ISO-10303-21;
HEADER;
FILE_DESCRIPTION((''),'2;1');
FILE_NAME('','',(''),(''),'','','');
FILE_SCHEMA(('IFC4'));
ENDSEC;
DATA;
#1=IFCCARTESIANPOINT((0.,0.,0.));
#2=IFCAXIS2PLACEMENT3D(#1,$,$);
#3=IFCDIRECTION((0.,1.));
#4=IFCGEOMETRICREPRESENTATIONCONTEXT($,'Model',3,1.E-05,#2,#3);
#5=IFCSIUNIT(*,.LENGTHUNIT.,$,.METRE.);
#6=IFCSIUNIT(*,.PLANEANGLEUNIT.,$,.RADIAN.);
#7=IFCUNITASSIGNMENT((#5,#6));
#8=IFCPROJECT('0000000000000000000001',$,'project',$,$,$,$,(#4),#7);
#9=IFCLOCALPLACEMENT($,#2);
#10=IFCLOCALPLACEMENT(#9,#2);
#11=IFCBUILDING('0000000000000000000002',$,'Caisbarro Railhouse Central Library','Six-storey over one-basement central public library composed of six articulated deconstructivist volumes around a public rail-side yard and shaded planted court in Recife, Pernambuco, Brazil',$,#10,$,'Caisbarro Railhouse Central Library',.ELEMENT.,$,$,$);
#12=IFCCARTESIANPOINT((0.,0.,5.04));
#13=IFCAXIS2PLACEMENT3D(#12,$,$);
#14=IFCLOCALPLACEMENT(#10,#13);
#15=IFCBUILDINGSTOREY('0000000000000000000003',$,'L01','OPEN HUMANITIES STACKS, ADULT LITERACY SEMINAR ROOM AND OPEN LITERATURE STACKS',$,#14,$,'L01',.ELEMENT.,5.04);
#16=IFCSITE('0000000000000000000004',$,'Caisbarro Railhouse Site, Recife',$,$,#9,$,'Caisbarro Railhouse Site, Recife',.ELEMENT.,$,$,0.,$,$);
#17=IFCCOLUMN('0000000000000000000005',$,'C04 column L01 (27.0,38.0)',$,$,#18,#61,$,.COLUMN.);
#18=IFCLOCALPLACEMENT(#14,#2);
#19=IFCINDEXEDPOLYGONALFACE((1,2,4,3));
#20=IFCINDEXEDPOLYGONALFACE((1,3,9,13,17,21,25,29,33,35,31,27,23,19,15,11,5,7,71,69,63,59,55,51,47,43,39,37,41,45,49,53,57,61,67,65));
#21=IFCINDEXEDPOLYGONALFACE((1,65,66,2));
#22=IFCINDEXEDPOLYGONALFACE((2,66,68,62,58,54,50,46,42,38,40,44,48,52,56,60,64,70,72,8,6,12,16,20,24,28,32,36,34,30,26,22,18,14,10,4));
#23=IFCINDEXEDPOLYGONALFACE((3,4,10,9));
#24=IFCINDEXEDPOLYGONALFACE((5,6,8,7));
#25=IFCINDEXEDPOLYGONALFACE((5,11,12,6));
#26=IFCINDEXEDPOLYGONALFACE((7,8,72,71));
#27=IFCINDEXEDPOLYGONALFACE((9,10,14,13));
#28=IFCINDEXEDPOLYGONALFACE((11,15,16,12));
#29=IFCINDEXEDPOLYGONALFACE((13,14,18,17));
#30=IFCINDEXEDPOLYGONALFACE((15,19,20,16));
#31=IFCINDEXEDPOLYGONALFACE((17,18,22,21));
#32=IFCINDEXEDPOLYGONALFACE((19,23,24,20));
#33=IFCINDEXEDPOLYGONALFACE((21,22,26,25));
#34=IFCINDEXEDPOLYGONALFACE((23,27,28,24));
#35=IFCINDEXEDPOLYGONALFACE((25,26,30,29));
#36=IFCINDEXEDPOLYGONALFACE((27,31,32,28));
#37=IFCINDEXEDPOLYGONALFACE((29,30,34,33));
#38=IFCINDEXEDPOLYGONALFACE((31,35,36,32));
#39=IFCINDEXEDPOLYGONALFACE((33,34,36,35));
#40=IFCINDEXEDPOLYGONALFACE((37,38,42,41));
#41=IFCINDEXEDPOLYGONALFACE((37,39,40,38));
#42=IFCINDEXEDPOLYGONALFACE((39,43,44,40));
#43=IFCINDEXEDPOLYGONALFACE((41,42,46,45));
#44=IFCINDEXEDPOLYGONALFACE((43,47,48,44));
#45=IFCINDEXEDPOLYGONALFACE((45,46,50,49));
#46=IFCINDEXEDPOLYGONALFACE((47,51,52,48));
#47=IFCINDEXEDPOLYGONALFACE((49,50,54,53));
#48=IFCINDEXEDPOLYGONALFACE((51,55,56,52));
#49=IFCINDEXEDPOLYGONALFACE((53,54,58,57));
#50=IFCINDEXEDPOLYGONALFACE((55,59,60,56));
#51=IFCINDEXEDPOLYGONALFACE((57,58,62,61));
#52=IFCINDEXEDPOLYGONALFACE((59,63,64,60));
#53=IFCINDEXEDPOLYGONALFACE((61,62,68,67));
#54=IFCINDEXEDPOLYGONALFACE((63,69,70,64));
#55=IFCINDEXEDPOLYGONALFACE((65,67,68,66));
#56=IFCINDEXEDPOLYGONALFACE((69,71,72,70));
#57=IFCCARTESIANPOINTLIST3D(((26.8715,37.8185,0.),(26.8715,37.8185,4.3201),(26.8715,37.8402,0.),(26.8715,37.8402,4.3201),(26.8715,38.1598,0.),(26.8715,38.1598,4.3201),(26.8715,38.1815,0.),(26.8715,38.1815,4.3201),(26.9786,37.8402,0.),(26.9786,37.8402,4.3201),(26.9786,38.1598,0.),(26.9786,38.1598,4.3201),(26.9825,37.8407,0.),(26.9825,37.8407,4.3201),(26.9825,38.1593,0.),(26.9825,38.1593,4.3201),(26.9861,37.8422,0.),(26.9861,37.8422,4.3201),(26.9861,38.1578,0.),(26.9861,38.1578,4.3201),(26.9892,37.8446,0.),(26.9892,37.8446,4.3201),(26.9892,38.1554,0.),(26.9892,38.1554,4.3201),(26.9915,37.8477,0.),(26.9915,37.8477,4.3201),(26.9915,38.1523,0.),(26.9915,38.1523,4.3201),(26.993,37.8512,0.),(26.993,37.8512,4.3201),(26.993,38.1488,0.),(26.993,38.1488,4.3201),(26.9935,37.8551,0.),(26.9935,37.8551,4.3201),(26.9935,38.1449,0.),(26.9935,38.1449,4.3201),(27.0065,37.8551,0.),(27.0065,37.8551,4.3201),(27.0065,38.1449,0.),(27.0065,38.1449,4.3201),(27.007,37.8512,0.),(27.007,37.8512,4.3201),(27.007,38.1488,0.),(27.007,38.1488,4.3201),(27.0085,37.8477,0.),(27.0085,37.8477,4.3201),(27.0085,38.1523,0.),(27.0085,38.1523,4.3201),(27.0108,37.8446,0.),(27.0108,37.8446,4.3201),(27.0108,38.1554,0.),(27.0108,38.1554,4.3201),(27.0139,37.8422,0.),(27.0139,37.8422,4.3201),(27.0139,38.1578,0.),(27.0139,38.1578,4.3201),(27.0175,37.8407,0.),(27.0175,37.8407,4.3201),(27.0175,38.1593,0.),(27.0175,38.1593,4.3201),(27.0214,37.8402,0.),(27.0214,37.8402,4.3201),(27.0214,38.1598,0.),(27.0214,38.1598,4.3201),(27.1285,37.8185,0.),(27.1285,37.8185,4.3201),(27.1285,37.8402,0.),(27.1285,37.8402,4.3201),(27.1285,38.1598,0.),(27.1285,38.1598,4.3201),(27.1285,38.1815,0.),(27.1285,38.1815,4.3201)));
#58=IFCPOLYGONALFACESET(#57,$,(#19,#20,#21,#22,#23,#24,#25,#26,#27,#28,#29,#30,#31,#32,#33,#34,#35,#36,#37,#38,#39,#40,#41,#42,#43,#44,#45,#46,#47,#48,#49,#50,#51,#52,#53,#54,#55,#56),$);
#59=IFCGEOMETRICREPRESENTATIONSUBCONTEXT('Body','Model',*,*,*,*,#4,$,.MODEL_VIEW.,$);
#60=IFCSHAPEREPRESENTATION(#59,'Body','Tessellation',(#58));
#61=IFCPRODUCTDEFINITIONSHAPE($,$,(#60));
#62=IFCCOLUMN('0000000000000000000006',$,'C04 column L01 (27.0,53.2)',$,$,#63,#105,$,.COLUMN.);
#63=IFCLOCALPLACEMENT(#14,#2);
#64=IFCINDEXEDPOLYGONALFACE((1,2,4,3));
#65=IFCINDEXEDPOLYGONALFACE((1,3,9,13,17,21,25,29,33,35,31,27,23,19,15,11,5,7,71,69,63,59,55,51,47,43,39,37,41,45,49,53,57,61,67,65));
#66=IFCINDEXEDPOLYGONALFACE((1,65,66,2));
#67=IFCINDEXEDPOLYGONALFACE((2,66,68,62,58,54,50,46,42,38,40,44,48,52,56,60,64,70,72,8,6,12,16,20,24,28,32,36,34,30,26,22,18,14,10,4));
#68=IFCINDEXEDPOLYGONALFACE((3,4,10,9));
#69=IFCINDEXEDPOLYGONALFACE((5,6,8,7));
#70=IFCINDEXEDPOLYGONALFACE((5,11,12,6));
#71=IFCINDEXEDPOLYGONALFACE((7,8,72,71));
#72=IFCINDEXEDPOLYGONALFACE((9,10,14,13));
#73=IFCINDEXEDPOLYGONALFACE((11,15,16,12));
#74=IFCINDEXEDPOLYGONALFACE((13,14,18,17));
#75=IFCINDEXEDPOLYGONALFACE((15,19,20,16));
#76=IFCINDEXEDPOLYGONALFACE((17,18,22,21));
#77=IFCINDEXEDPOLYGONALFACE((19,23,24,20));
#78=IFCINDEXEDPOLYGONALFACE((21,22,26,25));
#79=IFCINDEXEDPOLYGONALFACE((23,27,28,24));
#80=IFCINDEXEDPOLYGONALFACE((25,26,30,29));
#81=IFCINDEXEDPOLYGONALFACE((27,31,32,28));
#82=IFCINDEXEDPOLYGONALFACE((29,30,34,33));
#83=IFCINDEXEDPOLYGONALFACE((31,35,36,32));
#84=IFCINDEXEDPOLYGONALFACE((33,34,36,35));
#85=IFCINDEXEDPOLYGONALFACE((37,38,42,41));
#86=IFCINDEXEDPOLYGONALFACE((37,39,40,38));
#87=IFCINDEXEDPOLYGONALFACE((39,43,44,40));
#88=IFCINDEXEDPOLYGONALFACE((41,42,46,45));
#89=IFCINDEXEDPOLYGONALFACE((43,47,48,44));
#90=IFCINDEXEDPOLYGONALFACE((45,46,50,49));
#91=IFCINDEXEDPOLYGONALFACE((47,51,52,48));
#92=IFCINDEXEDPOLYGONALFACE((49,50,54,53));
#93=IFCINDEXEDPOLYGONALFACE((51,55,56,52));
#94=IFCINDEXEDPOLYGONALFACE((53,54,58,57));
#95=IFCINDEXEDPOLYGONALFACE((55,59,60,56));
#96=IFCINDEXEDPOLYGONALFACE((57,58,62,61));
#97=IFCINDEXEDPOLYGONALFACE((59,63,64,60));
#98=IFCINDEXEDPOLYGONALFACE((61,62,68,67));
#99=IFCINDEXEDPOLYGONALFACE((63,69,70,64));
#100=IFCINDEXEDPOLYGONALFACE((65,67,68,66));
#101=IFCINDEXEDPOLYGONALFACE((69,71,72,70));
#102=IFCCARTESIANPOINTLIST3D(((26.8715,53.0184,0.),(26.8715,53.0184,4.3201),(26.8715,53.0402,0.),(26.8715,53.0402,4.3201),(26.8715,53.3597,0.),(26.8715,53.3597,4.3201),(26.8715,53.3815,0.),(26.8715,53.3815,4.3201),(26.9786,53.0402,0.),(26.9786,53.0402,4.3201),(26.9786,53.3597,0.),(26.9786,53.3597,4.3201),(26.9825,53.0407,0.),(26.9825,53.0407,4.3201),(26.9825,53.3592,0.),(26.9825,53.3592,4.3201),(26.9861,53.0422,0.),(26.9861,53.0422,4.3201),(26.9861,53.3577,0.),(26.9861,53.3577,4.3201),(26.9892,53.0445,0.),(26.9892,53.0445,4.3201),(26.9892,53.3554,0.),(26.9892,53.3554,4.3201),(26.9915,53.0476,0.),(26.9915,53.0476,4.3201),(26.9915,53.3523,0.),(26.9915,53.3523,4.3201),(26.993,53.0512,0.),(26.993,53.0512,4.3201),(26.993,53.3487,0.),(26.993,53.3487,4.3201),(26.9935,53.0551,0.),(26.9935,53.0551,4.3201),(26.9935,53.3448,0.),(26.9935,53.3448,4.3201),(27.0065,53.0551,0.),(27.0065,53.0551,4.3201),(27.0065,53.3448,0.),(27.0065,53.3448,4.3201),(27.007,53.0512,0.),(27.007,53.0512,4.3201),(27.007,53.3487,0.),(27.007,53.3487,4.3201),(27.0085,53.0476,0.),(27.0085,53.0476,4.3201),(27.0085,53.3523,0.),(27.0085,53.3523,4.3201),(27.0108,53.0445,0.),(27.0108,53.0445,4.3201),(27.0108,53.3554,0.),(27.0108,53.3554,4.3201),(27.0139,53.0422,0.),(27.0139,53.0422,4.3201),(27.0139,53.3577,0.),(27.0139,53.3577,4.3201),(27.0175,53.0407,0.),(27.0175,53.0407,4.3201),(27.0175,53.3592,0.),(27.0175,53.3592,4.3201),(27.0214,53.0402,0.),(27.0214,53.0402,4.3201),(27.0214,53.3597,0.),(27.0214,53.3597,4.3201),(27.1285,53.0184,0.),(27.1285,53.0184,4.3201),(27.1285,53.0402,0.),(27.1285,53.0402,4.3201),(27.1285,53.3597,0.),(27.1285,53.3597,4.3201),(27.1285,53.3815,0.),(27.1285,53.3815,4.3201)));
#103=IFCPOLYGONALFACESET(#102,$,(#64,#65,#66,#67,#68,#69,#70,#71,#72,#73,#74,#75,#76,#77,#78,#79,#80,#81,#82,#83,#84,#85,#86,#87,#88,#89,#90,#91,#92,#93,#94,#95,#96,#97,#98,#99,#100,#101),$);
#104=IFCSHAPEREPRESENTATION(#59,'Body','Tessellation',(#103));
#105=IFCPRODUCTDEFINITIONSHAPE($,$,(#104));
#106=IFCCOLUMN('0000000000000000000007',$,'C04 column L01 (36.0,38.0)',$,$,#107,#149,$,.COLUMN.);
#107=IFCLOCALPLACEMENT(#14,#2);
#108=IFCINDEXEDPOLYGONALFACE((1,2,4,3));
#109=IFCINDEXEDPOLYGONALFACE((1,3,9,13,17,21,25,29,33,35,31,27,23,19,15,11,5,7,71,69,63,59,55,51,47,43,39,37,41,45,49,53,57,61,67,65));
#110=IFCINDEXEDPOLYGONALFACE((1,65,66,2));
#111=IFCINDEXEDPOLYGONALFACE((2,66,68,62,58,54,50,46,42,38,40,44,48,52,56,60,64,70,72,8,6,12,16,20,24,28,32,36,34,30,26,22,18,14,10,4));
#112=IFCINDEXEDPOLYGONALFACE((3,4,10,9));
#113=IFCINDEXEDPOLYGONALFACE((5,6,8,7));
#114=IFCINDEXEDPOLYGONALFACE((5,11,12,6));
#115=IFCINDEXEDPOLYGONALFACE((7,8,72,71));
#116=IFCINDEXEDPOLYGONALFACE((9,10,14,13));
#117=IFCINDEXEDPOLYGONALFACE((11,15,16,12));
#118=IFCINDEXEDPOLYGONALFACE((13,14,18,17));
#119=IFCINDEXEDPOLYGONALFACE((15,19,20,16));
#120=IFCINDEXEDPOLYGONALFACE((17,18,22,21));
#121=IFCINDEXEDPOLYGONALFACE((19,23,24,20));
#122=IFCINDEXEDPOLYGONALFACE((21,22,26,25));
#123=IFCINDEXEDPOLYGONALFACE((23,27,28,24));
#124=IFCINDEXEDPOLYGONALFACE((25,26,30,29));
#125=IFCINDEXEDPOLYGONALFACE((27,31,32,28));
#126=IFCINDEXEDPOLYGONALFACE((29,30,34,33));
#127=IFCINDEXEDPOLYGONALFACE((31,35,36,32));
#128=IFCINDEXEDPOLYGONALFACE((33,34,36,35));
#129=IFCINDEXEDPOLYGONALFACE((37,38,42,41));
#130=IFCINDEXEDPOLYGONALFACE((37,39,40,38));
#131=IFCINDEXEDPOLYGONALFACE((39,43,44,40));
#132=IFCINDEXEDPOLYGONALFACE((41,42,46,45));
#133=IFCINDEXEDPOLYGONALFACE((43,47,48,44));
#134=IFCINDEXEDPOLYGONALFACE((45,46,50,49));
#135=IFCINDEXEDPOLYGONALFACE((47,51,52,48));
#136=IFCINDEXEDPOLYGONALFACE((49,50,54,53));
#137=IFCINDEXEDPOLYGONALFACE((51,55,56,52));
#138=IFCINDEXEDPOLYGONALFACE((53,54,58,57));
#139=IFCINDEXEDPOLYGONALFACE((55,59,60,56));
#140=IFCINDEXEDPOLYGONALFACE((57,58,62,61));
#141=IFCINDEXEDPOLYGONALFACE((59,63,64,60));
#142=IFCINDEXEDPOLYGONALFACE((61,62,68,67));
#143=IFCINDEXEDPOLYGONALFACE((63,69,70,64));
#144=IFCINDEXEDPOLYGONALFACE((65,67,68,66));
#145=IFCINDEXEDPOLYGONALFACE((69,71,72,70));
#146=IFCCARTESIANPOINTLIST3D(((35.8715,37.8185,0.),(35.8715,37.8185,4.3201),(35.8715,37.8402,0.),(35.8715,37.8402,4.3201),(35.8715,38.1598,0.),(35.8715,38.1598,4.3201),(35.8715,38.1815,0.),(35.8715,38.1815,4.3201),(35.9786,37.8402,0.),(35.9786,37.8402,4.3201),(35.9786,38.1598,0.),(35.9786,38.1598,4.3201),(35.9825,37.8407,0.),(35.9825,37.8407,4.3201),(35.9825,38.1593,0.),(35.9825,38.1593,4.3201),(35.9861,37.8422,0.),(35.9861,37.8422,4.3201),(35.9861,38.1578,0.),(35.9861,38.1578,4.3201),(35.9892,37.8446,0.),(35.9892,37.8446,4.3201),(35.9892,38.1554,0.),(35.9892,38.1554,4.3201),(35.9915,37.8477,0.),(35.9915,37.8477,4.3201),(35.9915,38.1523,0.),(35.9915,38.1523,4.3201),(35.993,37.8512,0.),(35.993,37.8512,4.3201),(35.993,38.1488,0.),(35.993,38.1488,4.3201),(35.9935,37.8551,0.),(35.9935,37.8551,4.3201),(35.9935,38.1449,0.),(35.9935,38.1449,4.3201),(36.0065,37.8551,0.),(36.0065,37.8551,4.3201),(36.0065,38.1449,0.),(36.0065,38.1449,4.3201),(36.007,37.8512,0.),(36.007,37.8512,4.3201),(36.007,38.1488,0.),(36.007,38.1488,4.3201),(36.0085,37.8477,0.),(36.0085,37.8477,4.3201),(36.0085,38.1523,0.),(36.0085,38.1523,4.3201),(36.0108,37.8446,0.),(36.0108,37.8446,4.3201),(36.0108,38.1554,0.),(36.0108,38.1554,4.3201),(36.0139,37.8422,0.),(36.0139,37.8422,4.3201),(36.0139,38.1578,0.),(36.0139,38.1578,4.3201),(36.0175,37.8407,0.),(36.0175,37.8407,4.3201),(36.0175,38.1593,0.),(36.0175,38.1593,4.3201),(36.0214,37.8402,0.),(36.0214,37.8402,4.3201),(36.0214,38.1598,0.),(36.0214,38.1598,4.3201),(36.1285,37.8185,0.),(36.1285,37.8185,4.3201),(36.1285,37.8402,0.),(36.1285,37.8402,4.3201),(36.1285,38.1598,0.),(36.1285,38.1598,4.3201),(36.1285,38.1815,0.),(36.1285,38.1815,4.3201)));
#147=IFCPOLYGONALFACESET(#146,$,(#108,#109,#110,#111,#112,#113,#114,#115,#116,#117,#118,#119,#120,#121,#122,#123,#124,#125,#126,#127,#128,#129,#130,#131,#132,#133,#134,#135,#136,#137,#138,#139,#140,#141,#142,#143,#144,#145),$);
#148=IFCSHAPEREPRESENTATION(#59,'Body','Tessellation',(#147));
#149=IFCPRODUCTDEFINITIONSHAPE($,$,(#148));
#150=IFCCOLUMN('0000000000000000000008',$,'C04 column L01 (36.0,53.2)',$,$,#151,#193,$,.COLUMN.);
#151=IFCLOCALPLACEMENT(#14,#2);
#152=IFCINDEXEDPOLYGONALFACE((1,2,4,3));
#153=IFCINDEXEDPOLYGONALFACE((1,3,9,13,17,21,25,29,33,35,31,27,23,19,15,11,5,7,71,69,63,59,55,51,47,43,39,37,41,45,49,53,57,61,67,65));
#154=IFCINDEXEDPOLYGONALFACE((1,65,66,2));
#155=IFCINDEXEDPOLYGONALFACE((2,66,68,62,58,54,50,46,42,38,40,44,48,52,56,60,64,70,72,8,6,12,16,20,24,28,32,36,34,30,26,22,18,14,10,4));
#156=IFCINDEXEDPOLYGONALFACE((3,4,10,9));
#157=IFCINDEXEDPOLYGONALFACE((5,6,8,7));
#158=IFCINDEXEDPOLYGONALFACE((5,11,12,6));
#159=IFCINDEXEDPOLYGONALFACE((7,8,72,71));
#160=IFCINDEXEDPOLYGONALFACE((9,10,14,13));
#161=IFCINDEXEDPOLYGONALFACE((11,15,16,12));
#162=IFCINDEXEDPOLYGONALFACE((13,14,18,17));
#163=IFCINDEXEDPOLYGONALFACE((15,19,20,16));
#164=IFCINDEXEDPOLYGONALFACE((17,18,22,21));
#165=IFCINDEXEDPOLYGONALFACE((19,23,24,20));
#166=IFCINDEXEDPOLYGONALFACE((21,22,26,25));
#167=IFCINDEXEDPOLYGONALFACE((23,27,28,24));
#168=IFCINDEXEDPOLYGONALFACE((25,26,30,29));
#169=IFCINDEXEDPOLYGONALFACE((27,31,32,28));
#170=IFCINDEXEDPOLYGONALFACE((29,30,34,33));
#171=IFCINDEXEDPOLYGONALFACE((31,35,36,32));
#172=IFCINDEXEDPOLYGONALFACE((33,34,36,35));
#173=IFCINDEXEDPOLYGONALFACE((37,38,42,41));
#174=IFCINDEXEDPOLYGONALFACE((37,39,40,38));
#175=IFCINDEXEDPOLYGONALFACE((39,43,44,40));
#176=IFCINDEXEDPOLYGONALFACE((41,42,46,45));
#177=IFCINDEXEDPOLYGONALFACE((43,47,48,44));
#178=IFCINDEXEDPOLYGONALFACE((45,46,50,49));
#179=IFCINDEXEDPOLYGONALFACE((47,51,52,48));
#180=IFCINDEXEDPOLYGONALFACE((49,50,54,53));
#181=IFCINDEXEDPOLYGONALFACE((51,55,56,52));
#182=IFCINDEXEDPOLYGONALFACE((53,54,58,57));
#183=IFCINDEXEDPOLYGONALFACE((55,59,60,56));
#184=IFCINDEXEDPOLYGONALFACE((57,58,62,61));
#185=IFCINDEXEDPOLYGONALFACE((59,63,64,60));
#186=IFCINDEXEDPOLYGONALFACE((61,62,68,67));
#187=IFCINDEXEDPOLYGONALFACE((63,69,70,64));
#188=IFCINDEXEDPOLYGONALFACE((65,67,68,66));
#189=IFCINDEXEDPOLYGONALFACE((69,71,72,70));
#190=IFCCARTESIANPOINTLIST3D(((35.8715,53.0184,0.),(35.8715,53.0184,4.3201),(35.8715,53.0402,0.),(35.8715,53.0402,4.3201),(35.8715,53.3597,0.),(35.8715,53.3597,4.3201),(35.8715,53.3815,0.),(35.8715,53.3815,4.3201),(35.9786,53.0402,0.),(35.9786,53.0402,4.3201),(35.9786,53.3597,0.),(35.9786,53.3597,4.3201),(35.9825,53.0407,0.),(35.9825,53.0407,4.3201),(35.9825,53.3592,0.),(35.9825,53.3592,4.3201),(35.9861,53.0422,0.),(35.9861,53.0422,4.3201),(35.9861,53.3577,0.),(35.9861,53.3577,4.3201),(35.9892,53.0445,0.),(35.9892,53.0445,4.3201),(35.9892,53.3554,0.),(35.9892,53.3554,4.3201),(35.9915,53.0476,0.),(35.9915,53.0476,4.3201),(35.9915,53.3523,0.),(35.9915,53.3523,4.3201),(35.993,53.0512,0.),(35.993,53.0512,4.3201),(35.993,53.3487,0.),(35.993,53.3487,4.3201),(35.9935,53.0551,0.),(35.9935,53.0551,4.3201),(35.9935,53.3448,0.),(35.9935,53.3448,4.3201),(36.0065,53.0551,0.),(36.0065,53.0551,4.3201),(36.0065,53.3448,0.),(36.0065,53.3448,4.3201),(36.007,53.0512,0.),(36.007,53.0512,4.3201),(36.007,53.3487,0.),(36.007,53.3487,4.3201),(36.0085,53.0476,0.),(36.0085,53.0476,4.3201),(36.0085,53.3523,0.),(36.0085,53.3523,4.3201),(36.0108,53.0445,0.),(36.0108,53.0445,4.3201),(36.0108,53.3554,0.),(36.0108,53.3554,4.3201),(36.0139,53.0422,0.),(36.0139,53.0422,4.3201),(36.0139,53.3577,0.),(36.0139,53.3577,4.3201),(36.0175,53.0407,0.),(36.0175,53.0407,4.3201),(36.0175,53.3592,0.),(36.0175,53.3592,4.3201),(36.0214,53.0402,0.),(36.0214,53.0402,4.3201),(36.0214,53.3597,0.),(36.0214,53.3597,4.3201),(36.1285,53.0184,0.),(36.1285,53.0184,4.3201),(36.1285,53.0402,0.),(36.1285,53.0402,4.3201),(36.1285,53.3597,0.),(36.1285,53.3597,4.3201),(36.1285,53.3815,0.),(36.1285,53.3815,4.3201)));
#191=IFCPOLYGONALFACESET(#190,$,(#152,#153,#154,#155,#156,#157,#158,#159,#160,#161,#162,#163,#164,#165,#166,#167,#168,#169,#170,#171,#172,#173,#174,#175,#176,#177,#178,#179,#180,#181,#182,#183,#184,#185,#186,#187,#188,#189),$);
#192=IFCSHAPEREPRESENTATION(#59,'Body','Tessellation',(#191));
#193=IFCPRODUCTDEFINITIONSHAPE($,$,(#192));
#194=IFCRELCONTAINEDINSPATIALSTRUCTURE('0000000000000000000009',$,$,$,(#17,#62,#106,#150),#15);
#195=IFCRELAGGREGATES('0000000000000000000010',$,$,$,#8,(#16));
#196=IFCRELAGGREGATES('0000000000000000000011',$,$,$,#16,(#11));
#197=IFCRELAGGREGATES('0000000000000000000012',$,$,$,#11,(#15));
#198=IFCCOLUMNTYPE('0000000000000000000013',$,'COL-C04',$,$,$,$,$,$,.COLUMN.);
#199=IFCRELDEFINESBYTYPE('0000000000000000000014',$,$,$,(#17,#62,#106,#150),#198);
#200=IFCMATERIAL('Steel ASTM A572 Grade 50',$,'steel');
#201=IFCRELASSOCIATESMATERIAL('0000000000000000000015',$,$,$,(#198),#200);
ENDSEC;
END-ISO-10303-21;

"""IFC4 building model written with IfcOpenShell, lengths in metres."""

from ifc_helpers import new_model, si_unit, direction, frame, origin, origin_2d, place, context, subcontext, project, spatial, i_section, extrude, material, material_profile, profile_set, type_object, element, save


model = new_model("IFC4")

# Units and contexts
model_context = context("Model", 3, precision=1e-05, world=origin(), true_north=direction((0.0, 1.0)))
body_context = subcontext(model_context, "Body", "Model", "MODEL_VIEW")
ifc_project = project(units=[si_unit("LENGTHUNIT", "METRE"), si_unit("PLANEANGLEUNIT", "RADIAN")], contexts=[model_context])

# Site, building, storey
site_placement = place(None, origin())
site = spatial("IfcSite", under=ifc_project, at=site_placement, Name="Caisbarro Railhouse Site, Recife", LongName="Caisbarro Railhouse Site, Recife", CompositionType="ELEMENT", RefElevation=0.0)
building_placement = place(site_placement, origin())
building = spatial("IfcBuilding", under=site, at=building_placement, Name="Caisbarro Railhouse Central Library", Description="Six-storey over one-basement central public library composed of six articulated deconstructivist volumes around a public rail-side yard and shaded planted court in Recife, Pernambuco, Brazil", LongName="Caisbarro Railhouse Central Library", CompositionType="ELEMENT")
storey_placement = place(building_placement, frame((0.0, 0.0, 5.04)))
storey = spatial("IfcBuildingStorey", under=building, at=storey_placement, Name="L01", Description="OPEN HUMANITIES STACKS, ADULT LITERACY SEMINAR ROOM AND OPEN LITERATURE STACKS", LongName="L01", CompositionType="ELEMENT", Elevation=5.04)

# Columns
ifc_material = material(Name="Steel ASTM A572 Grade 50", Category="steel")
ifc_material_profile_1 = material_profile(ifc_material, i_section(OverallWidth=0.2571, OverallDepth=0.363, WebThickness=0.0129, FlangeThickness=0.0217, FilletRadius=0.0149, at=origin_2d()), Name="W360X122.0")
ifc_profile_set_1 = profile_set([ifc_material_profile_1], Name="Steel ASTM A572 Grade 50")
column_type = type_object("IfcColumnType", Name="COL-C04", PredefinedType="COLUMN", material=ifc_profile_set_1)
for number, where, z_axis, x_axis, name in (
    (1, (27.0, 38.0, 0.0), (0.0, 0.0, 1.0), (1.0, 0.0, 0.0), "C04 column L01 (27.0,38.0)"),
    (2, (27.0, 53.2, 0.0), (0.0, 0.0, 1.0), (1.0, 0.0, 0.0), "C04 column L01 (27.0,53.2)"),
    (3, (36.0, 38.0, 0.0), (0.0, 0.0, 1.0), (1.0, 0.0, 0.0), "C04 column L01 (36.0,38.0)"),
    (4, (36.0, 53.2, 0.0), (0.0, 0.0, 1.0), (1.0, 0.0, 0.0), "C04 column L01 (36.0,53.2)"),
):
    element("IfcColumn", number, at=place(storey_placement, frame(where, z_axis=z_axis, x_axis=x_axis)), inside=storey, type_object=column_type, Name=name, PredefinedType="COLUMN", context=body_context, shape_type="SweptSolid", body=[
        extrude(i_section(OverallWidth=0.2571, OverallDepth=0.363, WebThickness=0.0129, FlangeThickness=0.0217, FilletRadius=0.0149, at=origin_2d()), origin(), (0.0, 0.0, 1.0), 4.3201),
    ])

save(model, "model.ifc")
